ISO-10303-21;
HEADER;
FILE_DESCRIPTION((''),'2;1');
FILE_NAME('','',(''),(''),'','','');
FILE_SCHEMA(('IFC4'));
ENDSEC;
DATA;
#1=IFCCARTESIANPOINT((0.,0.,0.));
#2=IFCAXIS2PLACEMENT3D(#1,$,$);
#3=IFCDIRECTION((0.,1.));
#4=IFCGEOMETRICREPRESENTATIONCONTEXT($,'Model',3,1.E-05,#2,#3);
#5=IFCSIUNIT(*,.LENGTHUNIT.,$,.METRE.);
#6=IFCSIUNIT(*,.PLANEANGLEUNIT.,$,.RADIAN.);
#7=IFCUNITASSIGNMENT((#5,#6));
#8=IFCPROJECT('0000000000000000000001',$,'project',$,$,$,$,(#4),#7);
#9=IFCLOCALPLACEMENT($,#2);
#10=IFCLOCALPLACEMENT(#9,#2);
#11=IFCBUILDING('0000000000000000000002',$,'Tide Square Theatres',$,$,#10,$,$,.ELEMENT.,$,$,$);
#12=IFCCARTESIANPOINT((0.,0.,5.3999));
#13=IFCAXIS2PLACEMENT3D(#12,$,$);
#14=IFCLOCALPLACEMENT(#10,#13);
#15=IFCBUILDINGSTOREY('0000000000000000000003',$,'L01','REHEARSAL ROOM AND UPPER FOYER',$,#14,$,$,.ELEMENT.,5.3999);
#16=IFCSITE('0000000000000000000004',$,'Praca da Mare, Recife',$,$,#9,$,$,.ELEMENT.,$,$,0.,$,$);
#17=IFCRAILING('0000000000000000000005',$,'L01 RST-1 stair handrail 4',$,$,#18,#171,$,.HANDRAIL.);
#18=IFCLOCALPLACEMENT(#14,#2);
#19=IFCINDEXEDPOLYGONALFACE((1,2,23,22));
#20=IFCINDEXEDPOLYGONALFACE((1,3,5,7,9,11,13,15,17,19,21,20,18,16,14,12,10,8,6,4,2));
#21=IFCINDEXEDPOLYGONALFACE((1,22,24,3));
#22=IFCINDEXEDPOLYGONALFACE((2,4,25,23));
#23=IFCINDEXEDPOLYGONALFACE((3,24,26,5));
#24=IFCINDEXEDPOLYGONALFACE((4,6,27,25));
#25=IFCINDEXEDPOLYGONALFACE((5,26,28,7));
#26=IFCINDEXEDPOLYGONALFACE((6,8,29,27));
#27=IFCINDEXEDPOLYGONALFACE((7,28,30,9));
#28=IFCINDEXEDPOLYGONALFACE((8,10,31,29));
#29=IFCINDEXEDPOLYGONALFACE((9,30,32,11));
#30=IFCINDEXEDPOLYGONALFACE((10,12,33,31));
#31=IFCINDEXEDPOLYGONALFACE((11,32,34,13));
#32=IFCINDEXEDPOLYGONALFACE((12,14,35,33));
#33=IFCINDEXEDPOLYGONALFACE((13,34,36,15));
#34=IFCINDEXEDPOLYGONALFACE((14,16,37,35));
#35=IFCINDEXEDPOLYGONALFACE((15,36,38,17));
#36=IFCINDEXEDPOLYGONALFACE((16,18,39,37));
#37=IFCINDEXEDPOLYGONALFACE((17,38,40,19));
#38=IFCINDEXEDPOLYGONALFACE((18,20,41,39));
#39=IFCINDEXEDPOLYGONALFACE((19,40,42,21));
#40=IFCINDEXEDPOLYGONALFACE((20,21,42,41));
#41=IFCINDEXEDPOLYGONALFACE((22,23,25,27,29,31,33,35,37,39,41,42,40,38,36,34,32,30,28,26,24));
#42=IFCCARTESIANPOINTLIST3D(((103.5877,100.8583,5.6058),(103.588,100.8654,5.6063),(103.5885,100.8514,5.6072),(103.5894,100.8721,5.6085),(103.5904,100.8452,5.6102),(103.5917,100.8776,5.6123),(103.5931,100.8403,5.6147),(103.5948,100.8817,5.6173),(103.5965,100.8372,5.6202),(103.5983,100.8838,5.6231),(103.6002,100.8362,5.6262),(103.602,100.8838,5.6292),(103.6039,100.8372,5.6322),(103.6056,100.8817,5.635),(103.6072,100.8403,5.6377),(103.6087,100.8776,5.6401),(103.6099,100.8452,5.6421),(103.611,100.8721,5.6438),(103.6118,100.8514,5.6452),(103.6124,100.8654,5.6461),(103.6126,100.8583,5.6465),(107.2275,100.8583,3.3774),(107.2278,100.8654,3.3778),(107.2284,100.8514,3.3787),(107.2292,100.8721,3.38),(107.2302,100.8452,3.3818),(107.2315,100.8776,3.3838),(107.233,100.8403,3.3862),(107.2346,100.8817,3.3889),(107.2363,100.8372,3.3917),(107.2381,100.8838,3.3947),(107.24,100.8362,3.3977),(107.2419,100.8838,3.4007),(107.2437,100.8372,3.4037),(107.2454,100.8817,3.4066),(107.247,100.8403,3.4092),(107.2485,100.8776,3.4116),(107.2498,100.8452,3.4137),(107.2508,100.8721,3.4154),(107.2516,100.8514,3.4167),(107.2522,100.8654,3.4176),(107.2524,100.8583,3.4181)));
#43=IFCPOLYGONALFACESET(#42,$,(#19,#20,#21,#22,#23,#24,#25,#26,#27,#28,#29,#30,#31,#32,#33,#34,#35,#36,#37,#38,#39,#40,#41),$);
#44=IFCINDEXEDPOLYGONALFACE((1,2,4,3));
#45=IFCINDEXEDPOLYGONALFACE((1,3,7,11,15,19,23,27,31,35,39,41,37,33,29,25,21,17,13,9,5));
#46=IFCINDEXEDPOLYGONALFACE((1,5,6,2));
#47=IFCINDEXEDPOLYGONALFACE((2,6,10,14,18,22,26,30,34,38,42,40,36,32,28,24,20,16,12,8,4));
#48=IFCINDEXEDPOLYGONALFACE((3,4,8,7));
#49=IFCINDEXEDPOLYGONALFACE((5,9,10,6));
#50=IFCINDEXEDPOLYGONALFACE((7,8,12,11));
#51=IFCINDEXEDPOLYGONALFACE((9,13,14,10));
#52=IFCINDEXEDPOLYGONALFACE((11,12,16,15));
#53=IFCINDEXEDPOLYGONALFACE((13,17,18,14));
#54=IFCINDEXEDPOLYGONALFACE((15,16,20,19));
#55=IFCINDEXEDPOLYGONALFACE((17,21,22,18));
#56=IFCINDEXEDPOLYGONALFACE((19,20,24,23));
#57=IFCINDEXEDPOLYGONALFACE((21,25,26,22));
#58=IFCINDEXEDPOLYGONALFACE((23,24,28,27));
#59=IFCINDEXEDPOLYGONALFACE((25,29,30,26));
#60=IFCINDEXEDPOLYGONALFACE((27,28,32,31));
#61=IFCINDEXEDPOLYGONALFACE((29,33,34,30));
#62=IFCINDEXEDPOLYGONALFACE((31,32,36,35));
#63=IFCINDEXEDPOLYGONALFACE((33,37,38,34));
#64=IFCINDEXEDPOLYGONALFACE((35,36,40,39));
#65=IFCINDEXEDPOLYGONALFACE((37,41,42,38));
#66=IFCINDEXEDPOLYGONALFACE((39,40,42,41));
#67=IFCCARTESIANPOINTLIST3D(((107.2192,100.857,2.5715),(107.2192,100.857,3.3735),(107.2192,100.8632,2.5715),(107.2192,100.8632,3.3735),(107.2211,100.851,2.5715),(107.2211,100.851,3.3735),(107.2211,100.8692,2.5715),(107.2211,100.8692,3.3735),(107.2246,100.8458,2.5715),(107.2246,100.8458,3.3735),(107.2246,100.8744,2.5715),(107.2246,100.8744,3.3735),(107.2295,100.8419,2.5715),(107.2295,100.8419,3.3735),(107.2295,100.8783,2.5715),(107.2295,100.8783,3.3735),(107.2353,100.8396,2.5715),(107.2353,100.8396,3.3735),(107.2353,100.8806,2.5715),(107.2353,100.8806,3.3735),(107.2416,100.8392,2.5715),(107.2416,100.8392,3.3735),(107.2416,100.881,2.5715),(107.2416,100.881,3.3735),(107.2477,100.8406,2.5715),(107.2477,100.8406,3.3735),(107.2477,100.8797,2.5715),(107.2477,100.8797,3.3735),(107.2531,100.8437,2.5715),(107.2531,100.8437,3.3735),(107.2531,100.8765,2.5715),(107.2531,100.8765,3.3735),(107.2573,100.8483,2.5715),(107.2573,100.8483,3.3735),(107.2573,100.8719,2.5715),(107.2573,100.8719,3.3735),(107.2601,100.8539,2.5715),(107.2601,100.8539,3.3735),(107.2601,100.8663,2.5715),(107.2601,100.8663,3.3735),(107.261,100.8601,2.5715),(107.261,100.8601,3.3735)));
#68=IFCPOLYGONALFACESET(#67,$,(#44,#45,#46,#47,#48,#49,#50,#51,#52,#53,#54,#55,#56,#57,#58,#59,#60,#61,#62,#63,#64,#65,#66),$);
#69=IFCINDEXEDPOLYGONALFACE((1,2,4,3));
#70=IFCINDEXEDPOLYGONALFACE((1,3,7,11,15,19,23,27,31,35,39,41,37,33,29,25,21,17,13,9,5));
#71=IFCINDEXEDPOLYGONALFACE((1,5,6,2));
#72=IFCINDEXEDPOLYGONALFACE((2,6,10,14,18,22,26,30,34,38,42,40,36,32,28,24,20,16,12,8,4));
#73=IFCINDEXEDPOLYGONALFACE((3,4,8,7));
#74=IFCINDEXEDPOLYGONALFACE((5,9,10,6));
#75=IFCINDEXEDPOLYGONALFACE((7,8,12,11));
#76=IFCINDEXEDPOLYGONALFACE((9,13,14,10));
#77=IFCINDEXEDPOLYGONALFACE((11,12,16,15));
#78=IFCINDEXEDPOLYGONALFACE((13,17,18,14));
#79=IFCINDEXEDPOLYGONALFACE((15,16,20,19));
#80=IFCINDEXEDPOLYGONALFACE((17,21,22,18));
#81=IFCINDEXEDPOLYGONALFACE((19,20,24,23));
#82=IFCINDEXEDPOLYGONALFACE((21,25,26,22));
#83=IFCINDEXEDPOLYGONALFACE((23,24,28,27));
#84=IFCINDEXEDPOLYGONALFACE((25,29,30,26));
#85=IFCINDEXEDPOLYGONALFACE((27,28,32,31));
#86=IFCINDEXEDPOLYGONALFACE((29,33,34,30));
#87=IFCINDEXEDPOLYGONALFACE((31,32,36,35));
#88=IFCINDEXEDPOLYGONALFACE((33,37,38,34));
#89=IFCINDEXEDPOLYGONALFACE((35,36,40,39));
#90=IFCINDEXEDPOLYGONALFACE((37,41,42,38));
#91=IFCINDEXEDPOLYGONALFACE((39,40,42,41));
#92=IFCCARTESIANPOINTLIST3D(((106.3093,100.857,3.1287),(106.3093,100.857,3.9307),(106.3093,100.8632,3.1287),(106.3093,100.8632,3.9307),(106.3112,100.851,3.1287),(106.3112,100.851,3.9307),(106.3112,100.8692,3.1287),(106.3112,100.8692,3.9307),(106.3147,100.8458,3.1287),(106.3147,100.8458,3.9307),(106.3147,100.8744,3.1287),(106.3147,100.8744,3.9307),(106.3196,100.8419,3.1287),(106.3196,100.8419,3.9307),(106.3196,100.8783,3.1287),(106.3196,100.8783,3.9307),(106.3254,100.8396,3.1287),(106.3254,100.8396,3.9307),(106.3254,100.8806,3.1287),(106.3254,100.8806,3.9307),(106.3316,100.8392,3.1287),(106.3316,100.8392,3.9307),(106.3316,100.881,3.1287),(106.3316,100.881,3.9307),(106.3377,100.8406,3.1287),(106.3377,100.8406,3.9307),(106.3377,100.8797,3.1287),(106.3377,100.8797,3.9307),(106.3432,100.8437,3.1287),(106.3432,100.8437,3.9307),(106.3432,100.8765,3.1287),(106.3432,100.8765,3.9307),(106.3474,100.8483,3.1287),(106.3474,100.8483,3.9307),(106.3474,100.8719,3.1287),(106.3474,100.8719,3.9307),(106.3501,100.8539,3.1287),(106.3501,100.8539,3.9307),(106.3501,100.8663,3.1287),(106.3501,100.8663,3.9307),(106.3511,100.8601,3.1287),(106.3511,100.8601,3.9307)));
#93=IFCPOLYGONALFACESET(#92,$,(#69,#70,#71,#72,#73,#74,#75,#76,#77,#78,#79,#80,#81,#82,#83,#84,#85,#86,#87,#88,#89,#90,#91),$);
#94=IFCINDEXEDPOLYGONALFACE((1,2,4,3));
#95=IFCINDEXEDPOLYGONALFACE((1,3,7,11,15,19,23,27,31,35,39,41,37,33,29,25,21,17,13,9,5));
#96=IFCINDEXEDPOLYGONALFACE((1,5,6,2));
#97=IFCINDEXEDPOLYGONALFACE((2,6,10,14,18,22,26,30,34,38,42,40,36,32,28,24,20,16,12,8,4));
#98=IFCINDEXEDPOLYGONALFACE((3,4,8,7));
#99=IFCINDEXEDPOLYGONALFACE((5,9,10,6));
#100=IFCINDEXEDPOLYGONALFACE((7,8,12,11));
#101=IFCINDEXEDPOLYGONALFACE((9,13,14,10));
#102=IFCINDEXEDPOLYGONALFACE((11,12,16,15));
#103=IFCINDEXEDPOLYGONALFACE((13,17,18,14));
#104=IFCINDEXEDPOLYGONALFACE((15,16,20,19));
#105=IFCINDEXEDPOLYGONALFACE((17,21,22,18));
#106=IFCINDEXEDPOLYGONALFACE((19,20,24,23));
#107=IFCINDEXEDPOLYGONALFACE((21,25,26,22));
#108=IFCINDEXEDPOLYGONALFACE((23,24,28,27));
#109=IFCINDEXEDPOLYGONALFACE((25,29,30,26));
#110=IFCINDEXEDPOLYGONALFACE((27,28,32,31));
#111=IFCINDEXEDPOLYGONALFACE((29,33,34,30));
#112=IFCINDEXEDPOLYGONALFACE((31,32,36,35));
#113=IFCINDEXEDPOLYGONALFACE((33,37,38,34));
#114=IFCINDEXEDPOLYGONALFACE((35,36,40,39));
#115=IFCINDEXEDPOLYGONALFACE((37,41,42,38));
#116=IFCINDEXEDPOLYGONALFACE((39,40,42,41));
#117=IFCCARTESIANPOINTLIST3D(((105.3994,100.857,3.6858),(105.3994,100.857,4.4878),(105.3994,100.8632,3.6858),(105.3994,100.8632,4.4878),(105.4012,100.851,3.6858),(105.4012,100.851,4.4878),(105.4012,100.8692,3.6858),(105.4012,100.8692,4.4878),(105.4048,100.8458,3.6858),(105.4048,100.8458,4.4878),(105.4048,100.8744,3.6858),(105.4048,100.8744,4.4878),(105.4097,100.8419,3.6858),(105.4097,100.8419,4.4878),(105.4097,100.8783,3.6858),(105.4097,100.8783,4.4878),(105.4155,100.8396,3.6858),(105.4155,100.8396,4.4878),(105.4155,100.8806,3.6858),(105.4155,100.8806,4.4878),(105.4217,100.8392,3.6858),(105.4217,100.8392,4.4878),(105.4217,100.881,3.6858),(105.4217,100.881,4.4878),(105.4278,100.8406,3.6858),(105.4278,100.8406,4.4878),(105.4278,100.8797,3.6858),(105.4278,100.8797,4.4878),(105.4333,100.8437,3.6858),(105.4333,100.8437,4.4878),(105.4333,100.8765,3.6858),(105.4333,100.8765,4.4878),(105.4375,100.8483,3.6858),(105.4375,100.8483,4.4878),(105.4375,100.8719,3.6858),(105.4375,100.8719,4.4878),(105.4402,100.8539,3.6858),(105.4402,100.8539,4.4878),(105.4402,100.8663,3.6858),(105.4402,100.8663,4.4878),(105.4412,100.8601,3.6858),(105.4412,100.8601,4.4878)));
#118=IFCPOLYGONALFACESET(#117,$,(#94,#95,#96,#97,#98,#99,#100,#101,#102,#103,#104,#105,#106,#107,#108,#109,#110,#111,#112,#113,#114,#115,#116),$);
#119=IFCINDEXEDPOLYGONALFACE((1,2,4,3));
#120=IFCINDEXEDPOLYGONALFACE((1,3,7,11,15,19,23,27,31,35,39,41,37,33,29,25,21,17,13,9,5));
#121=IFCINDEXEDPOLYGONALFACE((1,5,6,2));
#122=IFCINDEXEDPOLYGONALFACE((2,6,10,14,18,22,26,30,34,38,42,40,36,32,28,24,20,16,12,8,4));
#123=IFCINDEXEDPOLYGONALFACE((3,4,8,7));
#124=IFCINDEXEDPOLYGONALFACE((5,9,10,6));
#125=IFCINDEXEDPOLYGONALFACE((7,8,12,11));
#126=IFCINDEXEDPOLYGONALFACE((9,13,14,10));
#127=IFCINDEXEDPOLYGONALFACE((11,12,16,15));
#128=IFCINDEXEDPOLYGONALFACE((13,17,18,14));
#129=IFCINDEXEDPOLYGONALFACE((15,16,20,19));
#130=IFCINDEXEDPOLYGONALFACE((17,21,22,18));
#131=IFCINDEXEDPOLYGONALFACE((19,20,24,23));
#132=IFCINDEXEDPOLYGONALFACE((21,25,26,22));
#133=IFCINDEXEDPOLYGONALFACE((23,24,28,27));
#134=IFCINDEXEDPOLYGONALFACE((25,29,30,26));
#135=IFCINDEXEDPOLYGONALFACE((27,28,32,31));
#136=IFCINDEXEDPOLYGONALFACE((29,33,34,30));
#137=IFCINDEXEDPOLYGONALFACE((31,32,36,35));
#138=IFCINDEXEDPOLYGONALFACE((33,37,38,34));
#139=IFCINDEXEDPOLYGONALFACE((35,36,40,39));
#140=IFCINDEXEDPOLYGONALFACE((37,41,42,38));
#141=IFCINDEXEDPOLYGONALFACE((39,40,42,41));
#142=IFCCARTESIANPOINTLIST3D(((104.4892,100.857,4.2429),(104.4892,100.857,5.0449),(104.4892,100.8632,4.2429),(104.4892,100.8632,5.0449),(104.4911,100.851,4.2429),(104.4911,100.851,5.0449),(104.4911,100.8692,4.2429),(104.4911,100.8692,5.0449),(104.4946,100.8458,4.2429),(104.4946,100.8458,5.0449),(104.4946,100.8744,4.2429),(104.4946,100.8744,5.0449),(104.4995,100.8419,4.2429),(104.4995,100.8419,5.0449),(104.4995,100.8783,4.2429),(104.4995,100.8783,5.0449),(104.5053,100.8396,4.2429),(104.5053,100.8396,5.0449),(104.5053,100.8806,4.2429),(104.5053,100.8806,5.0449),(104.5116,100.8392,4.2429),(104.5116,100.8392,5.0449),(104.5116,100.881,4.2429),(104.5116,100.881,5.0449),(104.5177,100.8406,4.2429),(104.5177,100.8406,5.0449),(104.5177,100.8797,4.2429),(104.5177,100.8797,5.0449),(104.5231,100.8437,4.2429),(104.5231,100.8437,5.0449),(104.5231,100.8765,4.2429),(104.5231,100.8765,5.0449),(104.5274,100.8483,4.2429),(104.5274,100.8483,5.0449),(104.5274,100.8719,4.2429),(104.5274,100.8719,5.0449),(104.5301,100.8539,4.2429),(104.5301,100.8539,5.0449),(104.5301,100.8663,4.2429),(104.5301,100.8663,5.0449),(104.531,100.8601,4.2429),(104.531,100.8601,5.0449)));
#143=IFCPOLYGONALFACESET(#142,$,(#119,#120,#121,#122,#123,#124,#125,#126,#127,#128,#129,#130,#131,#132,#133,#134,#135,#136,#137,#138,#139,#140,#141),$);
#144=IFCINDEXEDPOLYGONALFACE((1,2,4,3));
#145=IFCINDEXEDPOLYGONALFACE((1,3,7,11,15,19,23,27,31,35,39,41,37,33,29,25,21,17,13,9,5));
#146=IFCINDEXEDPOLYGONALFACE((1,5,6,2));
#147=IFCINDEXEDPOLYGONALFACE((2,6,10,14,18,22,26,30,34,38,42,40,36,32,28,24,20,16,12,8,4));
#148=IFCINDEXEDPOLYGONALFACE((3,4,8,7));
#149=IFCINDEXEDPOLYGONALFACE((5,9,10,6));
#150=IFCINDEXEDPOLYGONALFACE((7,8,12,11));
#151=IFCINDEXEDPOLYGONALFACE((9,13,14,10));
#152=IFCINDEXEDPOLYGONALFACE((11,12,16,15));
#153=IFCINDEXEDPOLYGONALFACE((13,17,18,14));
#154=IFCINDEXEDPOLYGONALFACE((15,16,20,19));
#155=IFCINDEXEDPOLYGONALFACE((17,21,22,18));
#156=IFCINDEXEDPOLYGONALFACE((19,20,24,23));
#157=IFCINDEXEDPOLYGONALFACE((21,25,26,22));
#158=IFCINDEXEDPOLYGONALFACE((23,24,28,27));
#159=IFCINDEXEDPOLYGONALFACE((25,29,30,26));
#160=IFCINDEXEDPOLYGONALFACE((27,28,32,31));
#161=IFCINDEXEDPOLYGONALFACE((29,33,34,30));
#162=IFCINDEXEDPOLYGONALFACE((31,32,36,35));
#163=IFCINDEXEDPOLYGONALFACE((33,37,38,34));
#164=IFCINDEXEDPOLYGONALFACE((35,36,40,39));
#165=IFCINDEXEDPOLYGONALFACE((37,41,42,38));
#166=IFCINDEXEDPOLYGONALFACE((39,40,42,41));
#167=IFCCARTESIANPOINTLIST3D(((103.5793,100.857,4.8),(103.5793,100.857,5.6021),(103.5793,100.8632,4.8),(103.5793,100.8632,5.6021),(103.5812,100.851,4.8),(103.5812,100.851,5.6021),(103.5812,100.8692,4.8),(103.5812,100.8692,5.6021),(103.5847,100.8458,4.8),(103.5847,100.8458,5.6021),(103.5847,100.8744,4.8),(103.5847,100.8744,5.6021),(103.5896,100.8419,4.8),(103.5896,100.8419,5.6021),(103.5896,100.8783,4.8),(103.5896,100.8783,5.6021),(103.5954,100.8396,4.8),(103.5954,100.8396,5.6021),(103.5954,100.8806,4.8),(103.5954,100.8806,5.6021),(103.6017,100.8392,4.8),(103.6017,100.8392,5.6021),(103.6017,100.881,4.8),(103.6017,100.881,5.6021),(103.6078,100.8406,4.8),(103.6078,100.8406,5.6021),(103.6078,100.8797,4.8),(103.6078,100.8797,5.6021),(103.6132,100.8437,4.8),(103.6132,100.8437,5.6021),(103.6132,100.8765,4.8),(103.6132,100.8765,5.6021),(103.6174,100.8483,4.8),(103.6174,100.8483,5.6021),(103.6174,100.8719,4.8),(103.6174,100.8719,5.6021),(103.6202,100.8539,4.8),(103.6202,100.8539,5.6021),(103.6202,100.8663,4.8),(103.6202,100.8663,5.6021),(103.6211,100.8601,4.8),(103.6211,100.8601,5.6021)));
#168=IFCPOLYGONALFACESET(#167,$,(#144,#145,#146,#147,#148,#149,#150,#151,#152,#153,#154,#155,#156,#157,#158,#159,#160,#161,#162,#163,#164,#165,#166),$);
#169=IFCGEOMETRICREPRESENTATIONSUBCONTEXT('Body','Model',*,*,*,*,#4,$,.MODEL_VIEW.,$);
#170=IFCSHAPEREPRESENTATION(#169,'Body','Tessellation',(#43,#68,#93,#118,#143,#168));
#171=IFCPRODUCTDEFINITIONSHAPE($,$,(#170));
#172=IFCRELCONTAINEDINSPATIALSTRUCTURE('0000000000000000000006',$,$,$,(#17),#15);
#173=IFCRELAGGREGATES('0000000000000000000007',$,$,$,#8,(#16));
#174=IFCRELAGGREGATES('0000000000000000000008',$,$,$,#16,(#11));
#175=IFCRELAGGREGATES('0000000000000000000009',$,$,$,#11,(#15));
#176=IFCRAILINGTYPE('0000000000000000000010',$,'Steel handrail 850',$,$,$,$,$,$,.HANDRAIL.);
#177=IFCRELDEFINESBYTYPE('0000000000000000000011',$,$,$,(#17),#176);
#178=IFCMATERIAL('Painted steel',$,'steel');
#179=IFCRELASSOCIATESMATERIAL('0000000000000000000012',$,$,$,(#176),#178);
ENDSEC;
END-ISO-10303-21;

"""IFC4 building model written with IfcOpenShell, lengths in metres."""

from ifc_helpers import new_model, si_unit, direction, frame, origin, origin_2d, place, context, subcontext, project, spatial, circle, extrude, material, type_object, element, save


model = new_model("IFC4")

# Units and contexts
model_context = context("Model", 3, precision=1e-05, world=origin(), true_north=direction((0.0, 1.0)))
body_context = subcontext(model_context, "Body", "Model", "MODEL_VIEW")
ifc_project = project(units=[si_unit("LENGTHUNIT", "METRE"), si_unit("PLANEANGLEUNIT", "RADIAN")], contexts=[model_context])

# Site, building, storey
site_placement = place(None, origin())
site = spatial("IfcSite", under=ifc_project, at=site_placement, Name="Praca da Mare, Recife", CompositionType="ELEMENT", RefElevation=0.0)
building_placement = place(site_placement, origin())
building = spatial("IfcBuilding", under=site, at=building_placement, Name="Tide Square Theatres", CompositionType="ELEMENT")
storey_placement = place(building_placement, frame((0.0, 0.0, 5.3999)))
storey = spatial("IfcBuildingStorey", under=building, at=storey_placement, Name="L01", Description="REHEARSAL ROOM AND UPPER FOYER", CompositionType="ELEMENT", Elevation=5.3999)

# Railing
ifc_material_1 = material(Name="Painted steel", Category="steel")
railing_type_1 = type_object("IfcRailingType", Name="Steel handrail 850", PredefinedType="HANDRAIL", material=ifc_material_1)
for number, where, name in (
    (1, (107.24, 100.8601, 2.5715), "L01 RST-1 stair handrail 4"),
):
    element("IfcRailing", number, at=place(storey_placement, frame(where)), inside=storey, type_object=railing_type_1, Name=name, PredefinedType="HANDRAIL", context=body_context, shape_type="SweptSolid", body=[
        extrude(circle(Radius=0.0239, at=origin_2d()), frame((0.0, 0.0, 0.8262), z_axis=(-0.85285, 0.0, 0.522156), x_axis=(0.0, -1.0, 0.0)), (0.0, 0.0, 1.0), 4.2678),
        extrude(circle(Radius=0.021, at=origin_2d()), origin(), (0.0, 0.0, 1.0), 0.802),
        extrude(circle(Radius=0.021, at=origin_2d()), frame((-0.9099, 0.0, 0.5571)), (0.0, 0.0, 1.0), 0.802),
        extrude(circle(Radius=0.021, at=origin_2d()), frame((-1.8198, 0.0, 1.1143)), (0.0, 0.0, 1.0), 0.802),
        extrude(circle(Radius=0.021, at=origin_2d()), frame((-2.73, 0.0, 1.6714)), (0.0, 0.0, 1.0), 0.802),
        extrude(circle(Radius=0.021, at=origin_2d()), frame((-3.6399, 0.0, 2.2285)), (0.0, 0.0, 1.0), 0.802),
    ])

save(model, "model.ifc")
